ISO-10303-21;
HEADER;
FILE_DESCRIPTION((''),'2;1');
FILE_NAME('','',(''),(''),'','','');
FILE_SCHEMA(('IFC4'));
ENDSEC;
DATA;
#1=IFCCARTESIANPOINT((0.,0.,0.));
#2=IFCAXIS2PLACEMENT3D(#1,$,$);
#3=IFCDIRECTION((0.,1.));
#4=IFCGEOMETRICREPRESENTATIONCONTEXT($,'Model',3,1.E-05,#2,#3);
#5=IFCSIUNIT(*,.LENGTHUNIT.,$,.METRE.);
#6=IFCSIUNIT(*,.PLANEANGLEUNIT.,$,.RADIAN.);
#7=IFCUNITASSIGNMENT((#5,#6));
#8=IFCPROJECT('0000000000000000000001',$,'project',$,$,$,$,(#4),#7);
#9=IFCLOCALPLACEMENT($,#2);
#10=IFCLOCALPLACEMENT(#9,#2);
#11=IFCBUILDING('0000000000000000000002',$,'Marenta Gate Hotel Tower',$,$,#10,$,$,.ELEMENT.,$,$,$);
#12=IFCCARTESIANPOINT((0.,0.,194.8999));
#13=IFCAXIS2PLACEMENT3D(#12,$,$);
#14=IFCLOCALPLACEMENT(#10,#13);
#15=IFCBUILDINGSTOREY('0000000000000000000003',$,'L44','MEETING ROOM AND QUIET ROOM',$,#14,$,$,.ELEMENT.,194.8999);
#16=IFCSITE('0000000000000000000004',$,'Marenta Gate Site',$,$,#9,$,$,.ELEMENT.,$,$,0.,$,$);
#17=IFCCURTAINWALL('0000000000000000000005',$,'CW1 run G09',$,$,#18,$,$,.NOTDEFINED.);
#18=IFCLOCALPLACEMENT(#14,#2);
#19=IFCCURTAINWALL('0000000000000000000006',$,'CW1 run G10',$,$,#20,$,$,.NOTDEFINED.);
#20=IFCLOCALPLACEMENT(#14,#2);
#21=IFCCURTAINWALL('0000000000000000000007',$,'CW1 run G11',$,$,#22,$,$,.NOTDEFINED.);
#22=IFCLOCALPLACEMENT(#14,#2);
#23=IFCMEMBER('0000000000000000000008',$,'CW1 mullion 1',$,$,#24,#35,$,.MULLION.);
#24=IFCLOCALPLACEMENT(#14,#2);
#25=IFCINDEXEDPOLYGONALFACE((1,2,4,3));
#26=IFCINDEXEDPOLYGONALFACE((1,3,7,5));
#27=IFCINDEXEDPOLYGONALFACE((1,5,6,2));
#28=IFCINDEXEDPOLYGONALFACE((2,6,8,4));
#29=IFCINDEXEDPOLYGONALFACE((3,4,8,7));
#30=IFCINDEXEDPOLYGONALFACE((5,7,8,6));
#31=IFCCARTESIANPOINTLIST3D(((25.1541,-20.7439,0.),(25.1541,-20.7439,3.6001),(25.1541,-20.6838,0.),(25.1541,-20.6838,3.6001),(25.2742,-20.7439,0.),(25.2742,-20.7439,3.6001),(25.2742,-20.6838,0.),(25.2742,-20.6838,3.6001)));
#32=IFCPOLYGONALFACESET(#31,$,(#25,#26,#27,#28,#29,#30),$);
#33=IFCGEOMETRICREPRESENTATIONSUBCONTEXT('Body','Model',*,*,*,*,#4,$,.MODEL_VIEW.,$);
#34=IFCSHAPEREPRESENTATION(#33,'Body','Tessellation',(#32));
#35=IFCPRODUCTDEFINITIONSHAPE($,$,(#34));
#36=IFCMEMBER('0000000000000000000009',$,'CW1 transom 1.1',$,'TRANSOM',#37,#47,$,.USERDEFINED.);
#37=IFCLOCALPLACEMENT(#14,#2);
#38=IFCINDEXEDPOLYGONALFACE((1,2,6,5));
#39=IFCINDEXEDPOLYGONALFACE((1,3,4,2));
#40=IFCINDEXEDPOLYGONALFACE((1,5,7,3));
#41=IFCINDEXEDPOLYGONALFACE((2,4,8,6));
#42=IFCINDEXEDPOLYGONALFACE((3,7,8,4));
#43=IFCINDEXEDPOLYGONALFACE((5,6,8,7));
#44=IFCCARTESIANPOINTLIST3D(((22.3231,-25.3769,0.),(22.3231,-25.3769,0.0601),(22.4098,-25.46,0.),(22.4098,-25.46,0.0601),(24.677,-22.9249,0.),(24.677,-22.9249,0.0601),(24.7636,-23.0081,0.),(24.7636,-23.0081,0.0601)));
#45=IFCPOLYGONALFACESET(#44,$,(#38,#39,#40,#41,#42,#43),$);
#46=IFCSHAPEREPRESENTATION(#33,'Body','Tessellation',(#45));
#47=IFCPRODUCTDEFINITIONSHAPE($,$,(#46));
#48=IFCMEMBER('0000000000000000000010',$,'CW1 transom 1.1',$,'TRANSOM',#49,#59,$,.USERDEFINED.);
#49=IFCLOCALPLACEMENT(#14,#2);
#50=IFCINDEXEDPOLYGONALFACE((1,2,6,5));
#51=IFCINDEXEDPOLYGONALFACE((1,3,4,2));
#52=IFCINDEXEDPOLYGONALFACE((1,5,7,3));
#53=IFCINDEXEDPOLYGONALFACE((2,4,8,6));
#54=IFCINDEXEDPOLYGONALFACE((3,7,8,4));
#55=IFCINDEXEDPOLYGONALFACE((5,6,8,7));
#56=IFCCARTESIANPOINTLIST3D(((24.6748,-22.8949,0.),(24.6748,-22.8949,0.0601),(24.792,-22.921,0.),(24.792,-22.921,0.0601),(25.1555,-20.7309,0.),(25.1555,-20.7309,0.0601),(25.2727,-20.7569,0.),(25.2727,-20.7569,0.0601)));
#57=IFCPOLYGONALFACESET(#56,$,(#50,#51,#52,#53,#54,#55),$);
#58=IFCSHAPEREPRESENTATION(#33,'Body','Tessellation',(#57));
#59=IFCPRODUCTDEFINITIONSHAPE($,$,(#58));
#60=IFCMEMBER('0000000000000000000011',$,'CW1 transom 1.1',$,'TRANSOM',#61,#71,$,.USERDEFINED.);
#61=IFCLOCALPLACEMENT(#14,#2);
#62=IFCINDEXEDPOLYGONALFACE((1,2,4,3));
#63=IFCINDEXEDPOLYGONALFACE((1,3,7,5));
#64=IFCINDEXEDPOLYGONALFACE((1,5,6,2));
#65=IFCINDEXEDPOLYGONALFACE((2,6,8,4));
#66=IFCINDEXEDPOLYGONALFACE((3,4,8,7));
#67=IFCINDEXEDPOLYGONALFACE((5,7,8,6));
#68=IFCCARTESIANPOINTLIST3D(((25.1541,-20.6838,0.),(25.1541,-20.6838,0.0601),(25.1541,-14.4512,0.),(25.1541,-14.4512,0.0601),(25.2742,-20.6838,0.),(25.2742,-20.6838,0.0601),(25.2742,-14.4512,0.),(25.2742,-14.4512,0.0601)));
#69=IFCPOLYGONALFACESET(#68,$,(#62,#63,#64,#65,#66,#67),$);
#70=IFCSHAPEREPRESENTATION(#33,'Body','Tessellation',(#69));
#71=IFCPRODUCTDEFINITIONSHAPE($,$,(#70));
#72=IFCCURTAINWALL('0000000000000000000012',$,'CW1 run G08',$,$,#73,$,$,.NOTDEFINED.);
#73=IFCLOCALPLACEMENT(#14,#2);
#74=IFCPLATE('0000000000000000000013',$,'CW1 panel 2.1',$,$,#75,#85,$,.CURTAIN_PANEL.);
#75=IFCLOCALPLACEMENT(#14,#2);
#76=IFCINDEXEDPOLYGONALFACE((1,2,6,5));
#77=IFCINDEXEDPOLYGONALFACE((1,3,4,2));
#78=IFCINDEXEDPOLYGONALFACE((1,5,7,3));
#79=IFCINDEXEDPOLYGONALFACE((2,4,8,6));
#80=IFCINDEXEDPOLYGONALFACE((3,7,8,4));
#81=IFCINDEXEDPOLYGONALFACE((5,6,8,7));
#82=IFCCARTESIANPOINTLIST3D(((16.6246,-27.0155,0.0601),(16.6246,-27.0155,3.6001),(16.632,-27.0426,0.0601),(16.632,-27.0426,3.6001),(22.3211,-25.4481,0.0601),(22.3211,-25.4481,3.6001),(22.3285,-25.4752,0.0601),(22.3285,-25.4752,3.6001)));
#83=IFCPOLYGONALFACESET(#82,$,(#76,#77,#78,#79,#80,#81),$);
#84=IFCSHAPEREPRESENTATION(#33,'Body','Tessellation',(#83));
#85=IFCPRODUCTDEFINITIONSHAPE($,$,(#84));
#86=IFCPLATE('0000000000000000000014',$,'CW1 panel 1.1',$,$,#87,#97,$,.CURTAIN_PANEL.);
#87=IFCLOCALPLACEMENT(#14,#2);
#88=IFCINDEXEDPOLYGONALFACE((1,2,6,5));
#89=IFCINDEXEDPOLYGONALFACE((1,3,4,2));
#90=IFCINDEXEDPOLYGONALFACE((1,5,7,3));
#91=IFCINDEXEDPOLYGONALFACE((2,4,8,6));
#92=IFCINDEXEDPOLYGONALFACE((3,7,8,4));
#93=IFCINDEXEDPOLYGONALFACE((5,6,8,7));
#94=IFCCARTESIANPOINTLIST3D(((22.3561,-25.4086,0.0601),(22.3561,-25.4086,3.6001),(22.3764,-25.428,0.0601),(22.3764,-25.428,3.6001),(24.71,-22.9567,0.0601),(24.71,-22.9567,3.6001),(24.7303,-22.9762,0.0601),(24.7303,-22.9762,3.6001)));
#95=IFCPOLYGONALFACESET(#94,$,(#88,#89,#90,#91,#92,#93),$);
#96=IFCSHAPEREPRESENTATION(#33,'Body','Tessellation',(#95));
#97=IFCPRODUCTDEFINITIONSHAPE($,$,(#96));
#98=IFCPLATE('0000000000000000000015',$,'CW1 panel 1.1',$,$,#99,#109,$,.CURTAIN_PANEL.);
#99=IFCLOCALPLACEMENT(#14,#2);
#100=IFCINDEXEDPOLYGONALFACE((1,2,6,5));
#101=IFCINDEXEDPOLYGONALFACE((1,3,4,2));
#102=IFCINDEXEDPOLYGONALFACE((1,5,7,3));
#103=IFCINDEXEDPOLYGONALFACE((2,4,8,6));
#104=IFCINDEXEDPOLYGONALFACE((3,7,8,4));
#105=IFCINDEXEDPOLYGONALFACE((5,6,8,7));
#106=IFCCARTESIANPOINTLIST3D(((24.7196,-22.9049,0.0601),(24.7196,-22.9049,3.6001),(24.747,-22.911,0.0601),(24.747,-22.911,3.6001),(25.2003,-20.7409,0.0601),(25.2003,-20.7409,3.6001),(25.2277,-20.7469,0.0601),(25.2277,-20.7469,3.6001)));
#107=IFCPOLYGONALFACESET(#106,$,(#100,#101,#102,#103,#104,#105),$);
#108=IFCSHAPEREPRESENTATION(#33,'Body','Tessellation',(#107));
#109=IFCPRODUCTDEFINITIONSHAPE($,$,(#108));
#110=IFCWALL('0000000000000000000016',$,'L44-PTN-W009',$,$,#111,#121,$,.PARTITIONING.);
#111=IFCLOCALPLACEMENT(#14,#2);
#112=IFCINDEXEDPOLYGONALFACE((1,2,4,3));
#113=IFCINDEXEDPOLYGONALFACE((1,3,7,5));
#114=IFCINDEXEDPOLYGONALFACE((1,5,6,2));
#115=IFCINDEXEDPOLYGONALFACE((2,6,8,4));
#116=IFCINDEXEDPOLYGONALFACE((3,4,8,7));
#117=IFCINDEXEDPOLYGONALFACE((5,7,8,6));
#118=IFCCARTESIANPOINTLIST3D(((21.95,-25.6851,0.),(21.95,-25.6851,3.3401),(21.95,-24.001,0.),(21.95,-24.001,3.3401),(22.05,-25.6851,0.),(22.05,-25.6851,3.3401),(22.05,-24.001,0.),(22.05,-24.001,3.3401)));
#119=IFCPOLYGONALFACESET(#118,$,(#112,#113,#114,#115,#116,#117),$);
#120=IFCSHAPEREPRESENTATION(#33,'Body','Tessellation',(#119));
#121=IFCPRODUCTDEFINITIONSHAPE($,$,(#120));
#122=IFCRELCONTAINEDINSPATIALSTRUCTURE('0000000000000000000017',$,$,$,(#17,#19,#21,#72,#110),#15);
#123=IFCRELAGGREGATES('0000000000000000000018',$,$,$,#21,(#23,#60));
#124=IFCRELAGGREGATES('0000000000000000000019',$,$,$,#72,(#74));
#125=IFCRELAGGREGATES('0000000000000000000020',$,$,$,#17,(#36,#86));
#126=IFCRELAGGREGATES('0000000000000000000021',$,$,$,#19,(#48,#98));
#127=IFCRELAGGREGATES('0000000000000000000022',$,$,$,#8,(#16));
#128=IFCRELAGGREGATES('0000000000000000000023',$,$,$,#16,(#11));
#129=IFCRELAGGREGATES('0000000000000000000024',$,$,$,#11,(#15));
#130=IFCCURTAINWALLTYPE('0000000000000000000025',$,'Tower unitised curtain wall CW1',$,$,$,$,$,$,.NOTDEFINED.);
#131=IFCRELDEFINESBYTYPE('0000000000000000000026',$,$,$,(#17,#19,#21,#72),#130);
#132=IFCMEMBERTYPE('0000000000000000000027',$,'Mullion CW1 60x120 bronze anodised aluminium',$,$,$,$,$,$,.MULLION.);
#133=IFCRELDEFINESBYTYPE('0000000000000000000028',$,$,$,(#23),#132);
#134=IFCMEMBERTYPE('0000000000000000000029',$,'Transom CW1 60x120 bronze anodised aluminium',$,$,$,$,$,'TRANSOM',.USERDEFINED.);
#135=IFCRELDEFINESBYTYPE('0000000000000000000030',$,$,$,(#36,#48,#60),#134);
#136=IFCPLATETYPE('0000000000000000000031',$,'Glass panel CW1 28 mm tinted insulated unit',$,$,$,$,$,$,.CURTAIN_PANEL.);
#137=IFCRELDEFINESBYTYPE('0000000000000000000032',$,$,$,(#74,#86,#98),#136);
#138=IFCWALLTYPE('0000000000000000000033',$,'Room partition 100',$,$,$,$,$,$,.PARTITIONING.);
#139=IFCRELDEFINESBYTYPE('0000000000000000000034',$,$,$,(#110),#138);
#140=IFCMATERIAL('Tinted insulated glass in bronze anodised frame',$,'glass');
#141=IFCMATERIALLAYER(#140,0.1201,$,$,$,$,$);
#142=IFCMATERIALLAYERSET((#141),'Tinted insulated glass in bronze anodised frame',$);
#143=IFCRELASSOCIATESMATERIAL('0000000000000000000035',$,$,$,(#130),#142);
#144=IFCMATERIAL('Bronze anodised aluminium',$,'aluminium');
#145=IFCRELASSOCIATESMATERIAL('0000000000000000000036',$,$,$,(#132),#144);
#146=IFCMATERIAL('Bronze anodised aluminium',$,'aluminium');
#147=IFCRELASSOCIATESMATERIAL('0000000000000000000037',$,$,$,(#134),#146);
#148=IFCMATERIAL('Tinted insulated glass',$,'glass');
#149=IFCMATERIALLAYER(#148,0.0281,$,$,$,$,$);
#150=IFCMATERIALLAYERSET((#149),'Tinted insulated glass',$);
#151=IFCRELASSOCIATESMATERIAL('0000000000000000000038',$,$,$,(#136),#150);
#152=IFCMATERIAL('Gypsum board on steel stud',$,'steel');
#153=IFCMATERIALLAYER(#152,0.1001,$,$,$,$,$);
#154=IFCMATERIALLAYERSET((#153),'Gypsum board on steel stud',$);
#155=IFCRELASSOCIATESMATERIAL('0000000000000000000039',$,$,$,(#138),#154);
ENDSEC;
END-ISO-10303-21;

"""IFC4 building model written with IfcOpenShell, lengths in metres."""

from ifc_helpers import new_model, si_unit, direction, frame, frame_2d, origin, origin_2d, place, context, subcontext, project, spatial, rectangle, extrude, material, layer, layer_set, material_profile, profile_set, type_object, element, aggregate, save


model = new_model("IFC4")

# Units and contexts
model_context = context("Model", 3, precision=1e-05, world=origin(), true_north=direction((0.0, 1.0)))
body_context = subcontext(model_context, "Body", "Model", "MODEL_VIEW")
ifc_project = project(units=[si_unit("LENGTHUNIT", "METRE"), si_unit("PLANEANGLEUNIT", "RADIAN")], contexts=[model_context])

# Site, building, storey
site_placement = place(None, origin())
site = spatial("IfcSite", under=ifc_project, at=site_placement, Name="Marenta Gate Site", CompositionType="ELEMENT", RefElevation=0.0)
building_placement = place(site_placement, origin())
building = spatial("IfcBuilding", under=site, at=building_placement, Name="Marenta Gate Hotel Tower", CompositionType="ELEMENT")
storey_placement = place(building_placement, frame((0.0, 0.0, 194.8999)))
storey = spatial("IfcBuildingStorey", under=building, at=storey_placement, Name="L44", Description="MEETING ROOM AND QUIET ROOM", CompositionType="ELEMENT", Elevation=194.8999)

# Curtain walls, member
ifc_material_1 = material(Name="Tinted insulated glass in bronze anodised frame", Category="glass")
ifc_layer_1 = layer(ifc_material_1, 0.1201)
ifc_layer_set_1 = layer_set([ifc_layer_1], Name="Tinted insulated glass in bronze anodised frame")
curtain_wall_type = type_object("IfcCurtainWallType", Name="Tower unitised curtain wall CW1", PredefinedType="NOTDEFINED", material=ifc_layer_set_1)
curtain_wall_1_placement = place(storey_placement, origin())
curtain_wall_1 = element("IfcCurtainWall", 1, at=curtain_wall_1_placement, inside=storey, type_object=curtain_wall_type, Name="CW1 run G09", PredefinedType="NOTDEFINED")
ifc_material_2 = material(Name="Bronze anodised aluminium", Category="aluminium")
ifc_material_profile_1 = material_profile(ifc_material_2, rectangle(XDim=0.1201, YDim=0.0601, at=origin_2d()), Name="Mullion CW1 60x120 bronze anodised aluminium")
ifc_profile_set_1 = profile_set([ifc_material_profile_1], Name="Bronze anodised aluminium")
member_type_1 = type_object("IfcMemberType", Name="Mullion CW1 60x120 bronze anodised aluminium", PredefinedType="MULLION", material=ifc_profile_set_1)
curtain_wall_2_placement = place(storey_placement, origin())
curtain_wall_2 = element("IfcCurtainWall", 2, at=curtain_wall_2_placement, inside=storey, type_object=curtain_wall_type, Name="CW1 run G10", PredefinedType="NOTDEFINED")
curtain_wall_3_placement = place(storey_placement, origin())
curtain_wall_3 = element("IfcCurtainWall", 3, at=curtain_wall_3_placement, inside=storey, type_object=curtain_wall_type, Name="CW1 run G11", PredefinedType="NOTDEFINED")
member_1_placement = place(storey_placement, frame((25.2141, -20.7139, 0.0), z_axis=(0.0, 0.0, 1.0), x_axis=(-1.0, 0.0, 0.0)))
member_1 = element("IfcMember", 4, at=member_1_placement, type_object=member_type_1, Name="CW1 mullion 1", PredefinedType="MULLION", context=body_context, shape_type="SweptSolid", body=[
    extrude(rectangle(XDim=0.1201, YDim=0.0601, at=origin_2d()), origin(), (0.0, 0.0, 1.0), 3.6001),
])

# Members
ifc_material_3 = material(Name="Bronze anodised aluminium", Category="aluminium")
ifc_material_profile_2 = material_profile(ifc_material_3, rectangle(XDim=0.1201, YDim=0.0601, at=origin_2d()), Name="Transom CW1 60x120 bronze anodised aluminium")
ifc_profile_set_2 = profile_set([ifc_material_profile_2], Name="Bronze anodised aluminium")
member_type_2 = type_object("IfcMemberType", Name="Transom CW1 60x120 bronze anodised aluminium", ElementType="TRANSOM", PredefinedType="USERDEFINED", material=ifc_profile_set_2)
member_2_placement = place(storey_placement, frame((22.3665, -25.4185, 0.03), z_axis=(0.692521, 0.721397, 0.0), x_axis=(-0.721397, 0.692521, 0.0)))
member_2 = element("IfcMember", 5, at=member_2_placement, type_object=member_type_2, Name="CW1 transom 1.1", ObjectType="TRANSOM", PredefinedType="USERDEFINED", context=body_context, shape_type="SweptSolid", body=[
    extrude(rectangle(XDim=0.1201, YDim=0.0601, at=origin_2d()), origin(), (0.0, 0.0, 1.0), 3.3989),
])
member_3_placement = place(storey_placement, frame((24.7334, -22.908, 0.03), z_axis=(0.216849, 0.976205, 0.0), x_axis=(-0.976205, 0.216849, 0.0)))
member_3 = element("IfcMember", 6, at=member_3_placement, type_object=member_type_2, Name="CW1 transom 1.1", ObjectType="TRANSOM", PredefinedType="USERDEFINED", context=body_context, shape_type="SweptSolid", body=[
    extrude(rectangle(XDim=0.1201, YDim=0.0601, at=origin_2d()), origin(), (0.0, 0.0, 1.0), 2.2168),
])
member_4_placement = place(storey_placement, frame((25.2141, -20.6838, 0.03), z_axis=(0.0, 1.0, 0.0), x_axis=(-1.0, 0.0, 0.0)))
member_4 = element("IfcMember", 7, at=member_4_placement, type_object=member_type_2, Name="CW1 transom 1.1", ObjectType="TRANSOM", PredefinedType="USERDEFINED", context=body_context, shape_type="SweptSolid", body=[
    extrude(rectangle(XDim=0.1201, YDim=0.0601, at=origin_2d()), origin(), (0.0, 0.0, 1.0), 6.2327),
])
aggregate(curtain_wall_3, [member_1, member_4])

# Curtain wall, plate
curtain_wall_4_placement = place(storey_placement, origin())
curtain_wall_4 = element("IfcCurtainWall", 8, at=curtain_wall_4_placement, inside=storey, type_object=curtain_wall_type, Name="CW1 run G08", PredefinedType="NOTDEFINED")
ifc_material_4 = material(Name="Tinted insulated glass", Category="glass")
ifc_layer_2 = layer(ifc_material_4, 0.0281)
ifc_layer_set_2 = layer_set([ifc_layer_2], Name="Tinted insulated glass")
plate_type = type_object("IfcPlateType", Name="Glass panel CW1 28 mm tinted insulated unit", PredefinedType="CURTAIN_PANEL", material=ifc_layer_set_2)
plate_1_placement = place(storey_placement, frame((19.4766, -26.2454, 0.0601), z_axis=(0.0, 0.0, 1.0), x_axis=(0.964168, 0.265293, 0.0)))
plate_1 = element("IfcPlate", 9, at=plate_1_placement, type_object=plate_type, Name="CW1 panel 2.1", PredefinedType="CURTAIN_PANEL", context=body_context, shape_type="SweptSolid", body=[
    extrude(rectangle(XDim=5.9082, YDim=0.0281, at=origin_2d()), origin(), (0.0, 0.0, 1.0), 3.54),
])
aggregate(curtain_wall_4, [plate_1])

# Plates
plate_2_placement = place(storey_placement, frame((23.5432, -24.1924, 0.0601), z_axis=(0.0, 0.0, 1.0), x_axis=(0.692548, 0.721372, 0.0)))
plate_2 = element("IfcPlate", 10, at=plate_2_placement, type_object=plate_type, Name="CW1 panel 1.1", PredefinedType="CURTAIN_PANEL", context=body_context, shape_type="SweptSolid", body=[
    extrude(rectangle(XDim=3.3989, YDim=0.0281, at=origin_2d()), origin(), (0.0, 0.0, 1.0), 3.54),
])
aggregate(curtain_wall_1, [member_2, plate_2])
plate_3_placement = place(storey_placement, frame((24.9736, -21.8259, 0.0601), z_axis=(0.0, 0.0, 1.0), x_axis=(0.216842, 0.976207, 0.0)))
plate_3 = element("IfcPlate", 11, at=plate_3_placement, type_object=plate_type, Name="CW1 panel 1.1", PredefinedType="CURTAIN_PANEL", context=body_context, shape_type="SweptSolid", body=[
    extrude(rectangle(XDim=2.2168, YDim=0.0281, at=origin_2d()), origin(), (0.0, 0.0, 1.0), 3.54),
])
aggregate(curtain_wall_2, [member_3, plate_3])

# Wall
ifc_material_5 = material(Name="Gypsum board on steel stud", Category="steel")
ifc_layer_3 = layer(ifc_material_5, 0.1001)
ifc_layer_set_3 = layer_set([ifc_layer_3], Name="Gypsum board on steel stud")
wall_type = type_object("IfcWallType", Name="Room partition 100", PredefinedType="PARTITIONING", material=ifc_layer_set_3)
wall_placement = place(storey_placement, frame((22.0, -25.6851, 0.0), z_axis=(0.0, 0.0, 1.0), x_axis=(0.0, 1.0, 0.0)))
element("IfcWall", 12, at=wall_placement, inside=storey, type_object=wall_type, Name="L44-PTN-W009", PredefinedType="PARTITIONING", context=body_context, shape_type="SweptSolid", body=[
    extrude(rectangle(XDim=1.6841, YDim=0.1001, at=frame_2d((0.842, 0.0))), origin(), (0.0, 0.0, 1.0), 3.3401),
])

save(model, "model.ifc")
